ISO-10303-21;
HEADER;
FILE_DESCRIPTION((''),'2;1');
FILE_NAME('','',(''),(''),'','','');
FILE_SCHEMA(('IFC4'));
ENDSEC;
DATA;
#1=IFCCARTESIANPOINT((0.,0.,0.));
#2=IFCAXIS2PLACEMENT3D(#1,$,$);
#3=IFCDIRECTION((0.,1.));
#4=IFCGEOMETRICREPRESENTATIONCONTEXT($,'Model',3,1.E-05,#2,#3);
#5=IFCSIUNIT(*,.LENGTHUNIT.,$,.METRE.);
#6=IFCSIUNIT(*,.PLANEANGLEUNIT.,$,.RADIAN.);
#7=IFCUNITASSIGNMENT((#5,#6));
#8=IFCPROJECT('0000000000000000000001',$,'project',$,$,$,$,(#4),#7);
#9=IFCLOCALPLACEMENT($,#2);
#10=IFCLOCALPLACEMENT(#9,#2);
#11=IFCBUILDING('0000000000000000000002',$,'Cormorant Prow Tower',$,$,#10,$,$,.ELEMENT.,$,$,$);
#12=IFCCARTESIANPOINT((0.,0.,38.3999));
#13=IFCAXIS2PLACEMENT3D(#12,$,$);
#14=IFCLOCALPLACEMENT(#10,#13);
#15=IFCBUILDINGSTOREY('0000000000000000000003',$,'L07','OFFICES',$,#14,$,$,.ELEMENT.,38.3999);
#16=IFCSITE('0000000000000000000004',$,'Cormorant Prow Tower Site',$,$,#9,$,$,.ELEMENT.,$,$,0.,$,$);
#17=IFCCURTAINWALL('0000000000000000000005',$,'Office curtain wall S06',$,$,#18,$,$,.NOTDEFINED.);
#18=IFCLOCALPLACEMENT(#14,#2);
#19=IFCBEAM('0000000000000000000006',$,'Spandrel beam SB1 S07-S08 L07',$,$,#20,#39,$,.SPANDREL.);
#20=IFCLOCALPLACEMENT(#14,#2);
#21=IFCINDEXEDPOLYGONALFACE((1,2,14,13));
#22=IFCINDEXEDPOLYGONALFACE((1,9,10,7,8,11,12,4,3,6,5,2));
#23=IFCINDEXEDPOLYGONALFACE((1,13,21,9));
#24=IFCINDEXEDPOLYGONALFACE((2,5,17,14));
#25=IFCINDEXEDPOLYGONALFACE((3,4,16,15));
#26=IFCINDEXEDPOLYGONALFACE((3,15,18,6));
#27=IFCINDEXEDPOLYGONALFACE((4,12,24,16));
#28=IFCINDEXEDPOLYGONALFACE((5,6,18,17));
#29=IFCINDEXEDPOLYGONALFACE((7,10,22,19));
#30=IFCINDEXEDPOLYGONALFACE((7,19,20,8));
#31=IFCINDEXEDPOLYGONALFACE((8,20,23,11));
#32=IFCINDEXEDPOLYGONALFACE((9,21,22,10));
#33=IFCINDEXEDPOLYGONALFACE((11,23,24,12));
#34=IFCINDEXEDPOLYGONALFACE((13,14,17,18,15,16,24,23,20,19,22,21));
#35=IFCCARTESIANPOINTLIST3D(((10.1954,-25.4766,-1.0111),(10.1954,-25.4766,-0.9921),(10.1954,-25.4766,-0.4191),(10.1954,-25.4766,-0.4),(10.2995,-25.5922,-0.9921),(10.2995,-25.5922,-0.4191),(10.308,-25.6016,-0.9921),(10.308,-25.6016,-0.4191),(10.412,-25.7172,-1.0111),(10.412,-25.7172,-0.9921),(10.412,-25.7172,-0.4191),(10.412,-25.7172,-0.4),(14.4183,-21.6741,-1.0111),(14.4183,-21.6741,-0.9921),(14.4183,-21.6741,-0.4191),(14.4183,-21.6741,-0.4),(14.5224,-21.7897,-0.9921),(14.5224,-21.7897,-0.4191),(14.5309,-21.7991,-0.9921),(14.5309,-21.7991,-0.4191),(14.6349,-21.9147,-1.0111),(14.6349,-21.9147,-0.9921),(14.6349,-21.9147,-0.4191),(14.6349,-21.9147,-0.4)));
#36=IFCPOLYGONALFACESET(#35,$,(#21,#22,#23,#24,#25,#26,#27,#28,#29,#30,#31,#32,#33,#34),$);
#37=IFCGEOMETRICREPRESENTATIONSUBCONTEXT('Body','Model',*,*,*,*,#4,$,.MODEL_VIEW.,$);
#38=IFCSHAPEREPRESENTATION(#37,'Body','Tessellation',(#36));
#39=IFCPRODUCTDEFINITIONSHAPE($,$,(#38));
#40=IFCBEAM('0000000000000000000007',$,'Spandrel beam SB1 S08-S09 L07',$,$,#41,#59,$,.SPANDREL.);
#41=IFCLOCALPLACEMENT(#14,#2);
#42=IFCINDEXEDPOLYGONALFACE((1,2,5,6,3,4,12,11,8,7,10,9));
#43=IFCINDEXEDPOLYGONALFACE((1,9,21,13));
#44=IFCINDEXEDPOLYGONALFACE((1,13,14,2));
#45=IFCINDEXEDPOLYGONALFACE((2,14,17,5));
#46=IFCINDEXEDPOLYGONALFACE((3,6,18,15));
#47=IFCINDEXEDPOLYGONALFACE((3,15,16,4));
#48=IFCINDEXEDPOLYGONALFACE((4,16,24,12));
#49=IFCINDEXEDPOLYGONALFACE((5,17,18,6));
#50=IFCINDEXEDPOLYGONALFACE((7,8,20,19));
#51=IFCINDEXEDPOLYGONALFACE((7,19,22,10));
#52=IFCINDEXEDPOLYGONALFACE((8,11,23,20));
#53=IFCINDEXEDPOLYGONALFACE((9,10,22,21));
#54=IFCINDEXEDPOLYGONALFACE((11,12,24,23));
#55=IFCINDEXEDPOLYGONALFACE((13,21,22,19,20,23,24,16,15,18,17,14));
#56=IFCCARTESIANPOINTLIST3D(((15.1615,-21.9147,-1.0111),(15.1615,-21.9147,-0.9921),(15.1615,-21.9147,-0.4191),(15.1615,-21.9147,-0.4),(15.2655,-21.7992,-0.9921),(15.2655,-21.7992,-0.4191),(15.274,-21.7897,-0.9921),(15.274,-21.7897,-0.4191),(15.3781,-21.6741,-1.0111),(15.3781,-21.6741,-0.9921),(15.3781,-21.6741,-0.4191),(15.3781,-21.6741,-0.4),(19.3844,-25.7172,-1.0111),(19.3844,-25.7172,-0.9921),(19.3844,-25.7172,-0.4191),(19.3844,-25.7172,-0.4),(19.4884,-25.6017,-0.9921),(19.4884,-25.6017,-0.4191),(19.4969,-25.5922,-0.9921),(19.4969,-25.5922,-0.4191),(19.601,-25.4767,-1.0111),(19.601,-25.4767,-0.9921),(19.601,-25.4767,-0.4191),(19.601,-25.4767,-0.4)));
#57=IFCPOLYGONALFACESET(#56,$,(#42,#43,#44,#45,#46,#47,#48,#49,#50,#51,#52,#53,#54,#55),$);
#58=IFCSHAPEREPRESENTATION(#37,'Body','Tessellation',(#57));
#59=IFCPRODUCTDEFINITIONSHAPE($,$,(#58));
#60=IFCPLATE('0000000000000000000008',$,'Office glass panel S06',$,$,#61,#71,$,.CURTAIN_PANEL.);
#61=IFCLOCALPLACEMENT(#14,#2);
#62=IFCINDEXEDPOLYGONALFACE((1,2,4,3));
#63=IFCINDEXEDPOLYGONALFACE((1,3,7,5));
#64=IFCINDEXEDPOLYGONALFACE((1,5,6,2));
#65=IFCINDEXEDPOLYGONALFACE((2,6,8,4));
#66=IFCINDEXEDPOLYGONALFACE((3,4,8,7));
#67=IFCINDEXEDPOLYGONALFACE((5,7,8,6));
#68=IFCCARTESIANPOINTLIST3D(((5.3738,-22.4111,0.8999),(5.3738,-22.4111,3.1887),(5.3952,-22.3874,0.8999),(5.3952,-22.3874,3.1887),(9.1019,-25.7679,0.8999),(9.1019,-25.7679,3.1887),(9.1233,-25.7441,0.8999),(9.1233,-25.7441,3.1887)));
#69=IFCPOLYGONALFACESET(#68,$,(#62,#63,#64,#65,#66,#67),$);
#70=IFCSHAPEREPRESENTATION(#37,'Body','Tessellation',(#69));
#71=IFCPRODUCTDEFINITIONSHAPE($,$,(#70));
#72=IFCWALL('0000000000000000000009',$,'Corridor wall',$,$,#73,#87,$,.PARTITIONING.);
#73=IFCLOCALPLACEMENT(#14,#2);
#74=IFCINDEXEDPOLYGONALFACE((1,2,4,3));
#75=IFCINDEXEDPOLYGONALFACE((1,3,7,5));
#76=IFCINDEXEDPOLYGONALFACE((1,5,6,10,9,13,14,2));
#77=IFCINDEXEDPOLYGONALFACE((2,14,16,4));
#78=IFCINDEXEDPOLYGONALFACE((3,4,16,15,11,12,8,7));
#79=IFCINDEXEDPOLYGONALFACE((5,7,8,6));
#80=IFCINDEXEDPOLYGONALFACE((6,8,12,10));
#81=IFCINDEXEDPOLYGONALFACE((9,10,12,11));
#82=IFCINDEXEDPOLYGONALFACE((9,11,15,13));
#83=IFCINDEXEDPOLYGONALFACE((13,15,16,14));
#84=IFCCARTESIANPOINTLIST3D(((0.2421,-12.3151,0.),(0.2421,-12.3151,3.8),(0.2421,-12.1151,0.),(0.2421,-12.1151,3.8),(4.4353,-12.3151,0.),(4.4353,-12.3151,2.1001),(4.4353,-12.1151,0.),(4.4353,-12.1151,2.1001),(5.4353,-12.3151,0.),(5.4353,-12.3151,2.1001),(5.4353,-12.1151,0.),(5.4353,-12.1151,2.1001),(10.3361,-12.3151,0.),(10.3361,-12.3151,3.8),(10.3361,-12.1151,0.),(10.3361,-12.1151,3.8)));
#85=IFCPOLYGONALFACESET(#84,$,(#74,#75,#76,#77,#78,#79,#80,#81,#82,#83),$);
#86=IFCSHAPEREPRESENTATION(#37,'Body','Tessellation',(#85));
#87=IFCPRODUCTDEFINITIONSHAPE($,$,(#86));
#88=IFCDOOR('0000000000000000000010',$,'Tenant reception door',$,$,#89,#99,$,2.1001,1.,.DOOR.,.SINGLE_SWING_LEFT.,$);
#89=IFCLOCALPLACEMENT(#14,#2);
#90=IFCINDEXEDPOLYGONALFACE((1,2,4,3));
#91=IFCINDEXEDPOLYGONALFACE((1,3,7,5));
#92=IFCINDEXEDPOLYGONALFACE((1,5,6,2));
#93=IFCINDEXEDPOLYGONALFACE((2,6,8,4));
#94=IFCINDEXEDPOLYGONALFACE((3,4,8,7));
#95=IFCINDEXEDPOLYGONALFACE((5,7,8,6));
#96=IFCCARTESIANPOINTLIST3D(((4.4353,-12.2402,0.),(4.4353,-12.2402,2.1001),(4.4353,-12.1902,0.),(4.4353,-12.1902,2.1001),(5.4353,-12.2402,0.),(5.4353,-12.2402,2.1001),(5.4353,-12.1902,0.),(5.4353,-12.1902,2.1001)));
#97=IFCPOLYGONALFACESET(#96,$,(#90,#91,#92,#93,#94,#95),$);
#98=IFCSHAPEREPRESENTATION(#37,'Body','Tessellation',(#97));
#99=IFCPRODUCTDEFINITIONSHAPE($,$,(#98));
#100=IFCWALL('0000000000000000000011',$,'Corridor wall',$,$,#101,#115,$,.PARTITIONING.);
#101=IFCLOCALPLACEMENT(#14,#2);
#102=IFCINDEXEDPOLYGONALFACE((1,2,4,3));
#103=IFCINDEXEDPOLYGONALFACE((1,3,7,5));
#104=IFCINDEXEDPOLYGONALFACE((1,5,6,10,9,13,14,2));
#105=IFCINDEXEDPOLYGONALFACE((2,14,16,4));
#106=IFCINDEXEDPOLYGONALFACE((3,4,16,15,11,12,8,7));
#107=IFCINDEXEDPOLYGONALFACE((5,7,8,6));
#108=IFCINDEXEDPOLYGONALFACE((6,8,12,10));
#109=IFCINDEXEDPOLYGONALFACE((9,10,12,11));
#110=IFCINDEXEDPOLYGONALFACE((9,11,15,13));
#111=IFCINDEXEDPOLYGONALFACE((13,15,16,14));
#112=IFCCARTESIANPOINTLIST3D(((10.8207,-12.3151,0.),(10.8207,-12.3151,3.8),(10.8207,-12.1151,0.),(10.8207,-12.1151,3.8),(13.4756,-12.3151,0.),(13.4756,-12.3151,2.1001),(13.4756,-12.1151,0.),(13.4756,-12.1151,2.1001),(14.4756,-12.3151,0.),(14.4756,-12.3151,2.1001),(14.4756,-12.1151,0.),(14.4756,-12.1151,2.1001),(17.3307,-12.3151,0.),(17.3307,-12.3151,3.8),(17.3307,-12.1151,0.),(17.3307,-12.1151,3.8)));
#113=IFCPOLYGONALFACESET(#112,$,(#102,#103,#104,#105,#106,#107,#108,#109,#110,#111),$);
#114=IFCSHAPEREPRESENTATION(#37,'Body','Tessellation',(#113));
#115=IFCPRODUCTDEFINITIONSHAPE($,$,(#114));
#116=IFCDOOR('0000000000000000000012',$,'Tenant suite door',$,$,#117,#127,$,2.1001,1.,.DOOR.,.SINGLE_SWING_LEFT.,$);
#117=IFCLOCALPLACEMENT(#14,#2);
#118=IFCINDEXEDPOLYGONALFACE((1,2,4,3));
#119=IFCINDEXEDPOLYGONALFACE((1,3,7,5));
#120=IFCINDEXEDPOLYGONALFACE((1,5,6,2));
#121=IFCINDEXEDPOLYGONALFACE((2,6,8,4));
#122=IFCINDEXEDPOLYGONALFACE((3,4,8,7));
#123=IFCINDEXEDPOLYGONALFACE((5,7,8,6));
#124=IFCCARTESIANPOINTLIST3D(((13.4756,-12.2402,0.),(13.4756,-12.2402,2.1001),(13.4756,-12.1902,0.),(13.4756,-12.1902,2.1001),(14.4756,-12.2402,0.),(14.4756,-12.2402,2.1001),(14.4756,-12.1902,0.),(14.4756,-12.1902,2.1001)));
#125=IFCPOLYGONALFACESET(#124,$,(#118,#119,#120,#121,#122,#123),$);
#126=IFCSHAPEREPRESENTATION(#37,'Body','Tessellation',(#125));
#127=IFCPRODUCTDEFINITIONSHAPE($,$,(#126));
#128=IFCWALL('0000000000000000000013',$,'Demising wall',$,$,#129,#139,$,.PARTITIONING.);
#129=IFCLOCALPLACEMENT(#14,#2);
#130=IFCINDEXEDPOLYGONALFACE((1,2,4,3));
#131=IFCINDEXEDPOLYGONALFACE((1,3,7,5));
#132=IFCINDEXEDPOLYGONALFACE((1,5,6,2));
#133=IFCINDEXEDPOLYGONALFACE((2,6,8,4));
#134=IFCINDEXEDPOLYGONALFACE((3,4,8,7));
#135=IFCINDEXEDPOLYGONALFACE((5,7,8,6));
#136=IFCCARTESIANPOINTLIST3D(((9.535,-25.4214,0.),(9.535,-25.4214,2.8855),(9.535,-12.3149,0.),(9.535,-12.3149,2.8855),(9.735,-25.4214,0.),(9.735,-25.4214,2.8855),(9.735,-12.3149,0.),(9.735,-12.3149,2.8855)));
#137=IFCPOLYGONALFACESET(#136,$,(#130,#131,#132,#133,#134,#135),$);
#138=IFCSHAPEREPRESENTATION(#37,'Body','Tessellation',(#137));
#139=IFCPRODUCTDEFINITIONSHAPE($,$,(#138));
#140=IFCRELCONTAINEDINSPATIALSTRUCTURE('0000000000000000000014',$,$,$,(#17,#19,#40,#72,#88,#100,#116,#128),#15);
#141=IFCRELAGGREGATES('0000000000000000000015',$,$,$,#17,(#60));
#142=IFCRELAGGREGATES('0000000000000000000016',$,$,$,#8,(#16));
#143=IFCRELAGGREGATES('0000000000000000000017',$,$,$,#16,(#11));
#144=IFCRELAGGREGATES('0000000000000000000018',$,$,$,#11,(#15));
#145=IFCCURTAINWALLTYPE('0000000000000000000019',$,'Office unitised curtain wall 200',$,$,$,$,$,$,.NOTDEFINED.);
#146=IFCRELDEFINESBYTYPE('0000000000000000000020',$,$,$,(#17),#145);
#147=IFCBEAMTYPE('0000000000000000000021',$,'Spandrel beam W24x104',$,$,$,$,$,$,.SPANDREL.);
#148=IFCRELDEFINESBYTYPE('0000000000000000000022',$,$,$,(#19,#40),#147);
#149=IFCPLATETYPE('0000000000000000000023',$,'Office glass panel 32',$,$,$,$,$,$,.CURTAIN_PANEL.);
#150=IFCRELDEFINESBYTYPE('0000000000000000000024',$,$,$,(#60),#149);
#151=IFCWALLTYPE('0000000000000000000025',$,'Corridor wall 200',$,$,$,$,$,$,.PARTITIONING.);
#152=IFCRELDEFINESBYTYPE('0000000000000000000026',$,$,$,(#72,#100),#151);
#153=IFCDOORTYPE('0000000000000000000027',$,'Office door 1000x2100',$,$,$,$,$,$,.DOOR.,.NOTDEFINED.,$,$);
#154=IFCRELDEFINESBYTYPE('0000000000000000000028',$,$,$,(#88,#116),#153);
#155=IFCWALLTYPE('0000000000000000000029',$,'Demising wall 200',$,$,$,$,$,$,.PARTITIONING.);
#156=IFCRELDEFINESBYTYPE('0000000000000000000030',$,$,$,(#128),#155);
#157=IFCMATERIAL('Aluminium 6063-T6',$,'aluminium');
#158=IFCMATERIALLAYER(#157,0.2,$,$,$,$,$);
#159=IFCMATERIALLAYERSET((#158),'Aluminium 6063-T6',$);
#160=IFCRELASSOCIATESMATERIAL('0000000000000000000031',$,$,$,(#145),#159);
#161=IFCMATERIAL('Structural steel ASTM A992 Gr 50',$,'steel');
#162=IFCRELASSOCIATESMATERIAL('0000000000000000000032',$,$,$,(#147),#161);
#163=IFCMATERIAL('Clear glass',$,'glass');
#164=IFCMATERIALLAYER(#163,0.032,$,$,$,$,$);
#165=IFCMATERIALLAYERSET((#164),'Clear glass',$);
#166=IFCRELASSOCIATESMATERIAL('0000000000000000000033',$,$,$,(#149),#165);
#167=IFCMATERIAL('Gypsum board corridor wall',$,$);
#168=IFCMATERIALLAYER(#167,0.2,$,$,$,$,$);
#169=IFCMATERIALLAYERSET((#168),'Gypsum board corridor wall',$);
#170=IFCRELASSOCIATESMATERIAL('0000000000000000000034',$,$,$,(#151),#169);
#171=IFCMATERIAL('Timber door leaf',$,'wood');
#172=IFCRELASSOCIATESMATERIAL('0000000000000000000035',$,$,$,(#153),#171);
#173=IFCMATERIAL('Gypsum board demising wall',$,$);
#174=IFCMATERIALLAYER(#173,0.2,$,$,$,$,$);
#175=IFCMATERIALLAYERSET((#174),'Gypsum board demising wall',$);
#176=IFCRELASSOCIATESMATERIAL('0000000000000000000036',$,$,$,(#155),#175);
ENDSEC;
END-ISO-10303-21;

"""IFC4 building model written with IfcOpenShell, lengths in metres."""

from ifc_helpers import new_model, si_unit, direction, frame, frame_2d, origin, origin_2d, place, context, subcontext, project, spatial, rectangle, i_section, extrude, material, layer, layer_set, material_profile, profile_set, type_object, element, fill, aggregate, save


model = new_model("IFC4")

# Units and contexts
model_context = context("Model", 3, precision=1e-05, world=origin(), true_north=direction((0.0, 1.0)))
body_context = subcontext(model_context, "Body", "Model", "MODEL_VIEW")
ifc_project = project(units=[si_unit("LENGTHUNIT", "METRE"), si_unit("PLANEANGLEUNIT", "RADIAN")], contexts=[model_context])

# Site, building, storey
site_placement = place(None, origin())
site = spatial("IfcSite", under=ifc_project, at=site_placement, Name="Cormorant Prow Tower Site", CompositionType="ELEMENT", RefElevation=0.0)
building_placement = place(site_placement, origin())
building = spatial("IfcBuilding", under=site, at=building_placement, Name="Cormorant Prow Tower", CompositionType="ELEMENT")
storey_placement = place(building_placement, frame((0.0, 0.0, 38.3999)))
storey = spatial("IfcBuildingStorey", under=building, at=storey_placement, Name="L07", Description="OFFICES", CompositionType="ELEMENT", Elevation=38.3999)

# Curtain wall
ifc_material_1 = material(Name="Aluminium 6063-T6", Category="aluminium")
ifc_layer_1 = layer(ifc_material_1, 0.2)
ifc_layer_set_1 = layer_set([ifc_layer_1], Name="Aluminium 6063-T6")
curtain_wall_type = type_object("IfcCurtainWallType", Name="Office unitised curtain wall 200", PredefinedType="NOTDEFINED", material=ifc_layer_set_1)
curtain_wall_1_placement = place(storey_placement, origin())
curtain_wall_1 = element("IfcCurtainWall", 1, at=curtain_wall_1_placement, inside=storey, type_object=curtain_wall_type, Name="Office curtain wall S06", PredefinedType="NOTDEFINED")

# Beams
ifc_material_2 = material(Name="Structural steel ASTM A992 Gr 50", Category="steel")
ifc_material_profile_1 = material_profile(ifc_material_2, i_section(OverallWidth=0.3237, OverallDepth=0.6111, WebThickness=0.0127, FlangeThickness=0.019, at=origin_2d()), Name="W24x104")
ifc_profile_set_1 = profile_set([ifc_material_profile_1], Name="Structural steel ASTM A992 Gr 50")
beam_type_1 = type_object("IfcBeamType", Name="Spandrel beam W24x104", PredefinedType="SPANDREL", material=ifc_profile_set_1)
for number, where, z_axis, x_axis, name in (
    (2, (10.3037, -25.5969, -0.7056), (0.74313, 0.669147, 0.0), (-0.669147, 0.74313, 0.0), "Spandrel beam SB1 S07-S08 L07"),
    (3, (15.2698, -21.7944, -0.7056), (0.74313, -0.669147, 0.0), (0.669147, 0.74313, 0.0), "Spandrel beam SB1 S08-S09 L07"),
):
    element("IfcBeam", number, at=place(storey_placement, frame(where, z_axis=z_axis, x_axis=x_axis)), inside=storey, type_object=beam_type_1, Name=name, PredefinedType="SPANDREL", context=body_context, shape_type="SweptSolid", body=[
        extrude(i_section(OverallWidth=0.3237, OverallDepth=0.6111, WebThickness=0.0127, FlangeThickness=0.019, at=origin_2d()), origin(), (0.0, 0.0, 1.0), 5.6826),
    ])

# Plate
ifc_material_3 = material(Name="Clear glass", Category="glass")
ifc_layer_2 = layer(ifc_material_3, 0.032)
ifc_layer_set_2 = layer_set([ifc_layer_2], Name="Clear glass")
plate_type = type_object("IfcPlateType", Name="Office glass panel 32", PredefinedType="CURTAIN_PANEL", material=ifc_layer_set_2)
plate_placement = place(storey_placement, frame((7.2485, -24.0776, 0.8999), z_axis=(0.0, 0.0, 1.0), x_axis=(0.743145, -0.669131, 0.0)))
plate = element("IfcPlate", 4, at=plate_placement, type_object=plate_type, Name="Office glass panel S06", PredefinedType="CURTAIN_PANEL", context=body_context, shape_type="SweptSolid", body=[
    extrude(rectangle(XDim=5.0166, YDim=0.032, at=origin_2d()), origin(), (0.0, 0.0, 1.0), 2.2888),
])
aggregate(curtain_wall_1, [plate])

# Walls, openings, doors
ifc_material_4 = material(Name="Gypsum board corridor wall")
ifc_layer_3 = layer(ifc_material_4, 0.2)
ifc_layer_set_3 = layer_set([ifc_layer_3], Name="Gypsum board corridor wall")
wall_type_1 = type_object("IfcWallType", Name="Corridor wall 200", PredefinedType="PARTITIONING", material=ifc_layer_set_3)
wall_1_placement = place(storey_placement, frame((0.2422, -12.2151, 0.0), z_axis=(0.0, 0.0, 1.0), x_axis=(1.0, 0.0, 0.0)))
wall_1 = element("IfcWall", 5, at=wall_1_placement, inside=storey, type_object=wall_type_1, Name="Corridor wall", PredefinedType="PARTITIONING", context=body_context, shape_type="SweptSolid", body=[
    extrude(rectangle(XDim=10.094, YDim=0.2, at=frame_2d((5.0469, 0.0))), origin(), (0.0, 0.0, 1.0), 3.8),
])
opening_1_placement = place(wall_1_placement, frame((4.1931, 0.0, 0.0)))
opening_1 = element("IfcOpeningElement", 6, at=opening_1_placement, cuts=wall_1, PredefinedType="OPENING", context=body_context, shape_type="SweptSolid", body=[
    extrude(rectangle(XDim=1.0, YDim=2.1001, at=frame_2d((0.5, 1.05))), frame((0.0, 0.1099, 0.0), z_axis=(0.0, -1.0, 0.0), x_axis=(1.0, 0.0, 0.0)), (0.0, 0.0, 1.0), 0.22),
])
ifc_material_5 = material(Name="Timber door leaf", Category="wood")
door_type_1 = type_object("IfcDoorType", Name="Office door 1000x2100", OperationType="NOTDEFINED", PredefinedType="DOOR", material=ifc_material_5)
door_1_placement = place(opening_1_placement, origin())
door_1 = element("IfcDoor", 7, at=door_1_placement, inside=storey, type_object=door_type_1, Name="Tenant reception door", OperationType="SINGLE_SWING_LEFT", OverallHeight=2.1001, OverallWidth=1.0, PredefinedType="DOOR", context=body_context, shape_type="SweptSolid", body=[
    extrude(rectangle(XDim=1.0, YDim=2.1001, at=frame_2d((0.5, 1.05))), frame((0.0, 0.0249, 0.0), z_axis=(0.0, -1.0, 0.0), x_axis=(1.0, 0.0, 0.0)), (0.0, 0.0, 1.0), 0.05),
])
fill(opening_1, door_1)
wall_2_placement = place(storey_placement, frame((10.8208, -12.2151, 0.0), z_axis=(0.0, 0.0, 1.0), x_axis=(1.0, 0.0, 0.0)))
wall_2 = element("IfcWall", 8, at=wall_2_placement, inside=storey, type_object=wall_type_1, Name="Corridor wall", PredefinedType="PARTITIONING", context=body_context, shape_type="SweptSolid", body=[
    extrude(rectangle(XDim=6.51, YDim=0.2, at=frame_2d((3.2549, 0.0))), origin(), (0.0, 0.0, 1.0), 3.8),
])
opening_2_placement = place(wall_2_placement, frame((2.6548, 0.0, 0.0)))
opening_2 = element("IfcOpeningElement", 9, at=opening_2_placement, cuts=wall_2, PredefinedType="OPENING", context=body_context, shape_type="SweptSolid", body=[
    extrude(rectangle(XDim=1.0, YDim=2.1001, at=frame_2d((0.5, 1.05))), frame((0.0, 0.1099, 0.0), z_axis=(0.0, -1.0, 0.0), x_axis=(1.0, 0.0, 0.0)), (0.0, 0.0, 1.0), 0.22),
])
door_2_placement = place(opening_2_placement, origin())
door_2 = element("IfcDoor", 10, at=door_2_placement, inside=storey, type_object=door_type_1, Name="Tenant suite door", OperationType="SINGLE_SWING_LEFT", OverallHeight=2.1001, OverallWidth=1.0, PredefinedType="DOOR", context=body_context, shape_type="SweptSolid", body=[
    extrude(rectangle(XDim=1.0, YDim=2.1001, at=frame_2d((0.5, 1.05))), frame((0.0, 0.0249, 0.0), z_axis=(0.0, -1.0, 0.0), x_axis=(1.0, 0.0, 0.0)), (0.0, 0.0, 1.0), 0.05),
])
fill(opening_2, door_2)

# Wall
ifc_material_6 = material(Name="Gypsum board demising wall")
ifc_layer_4 = layer(ifc_material_6, 0.2)
ifc_layer_set_4 = layer_set([ifc_layer_4], Name="Gypsum board demising wall")
wall_type_2 = type_object("IfcWallType", Name="Demising wall 200", PredefinedType="PARTITIONING", material=ifc_layer_set_4)
wall_3_placement = place(storey_placement, frame((9.635, -25.4214, 0.0), z_axis=(0.0, 0.0, 1.0), x_axis=(0.0, 1.0, 0.0)))
element("IfcWall", 11, at=wall_3_placement, inside=storey, type_object=wall_type_2, Name="Demising wall", PredefinedType="PARTITIONING", context=body_context, shape_type="SweptSolid", body=[
    extrude(rectangle(XDim=13.1064, YDim=0.2, at=frame_2d((6.5532, 0.0))), origin(), (0.0, 0.0, 1.0), 2.8855),
])

save(model, "model.ifc")
